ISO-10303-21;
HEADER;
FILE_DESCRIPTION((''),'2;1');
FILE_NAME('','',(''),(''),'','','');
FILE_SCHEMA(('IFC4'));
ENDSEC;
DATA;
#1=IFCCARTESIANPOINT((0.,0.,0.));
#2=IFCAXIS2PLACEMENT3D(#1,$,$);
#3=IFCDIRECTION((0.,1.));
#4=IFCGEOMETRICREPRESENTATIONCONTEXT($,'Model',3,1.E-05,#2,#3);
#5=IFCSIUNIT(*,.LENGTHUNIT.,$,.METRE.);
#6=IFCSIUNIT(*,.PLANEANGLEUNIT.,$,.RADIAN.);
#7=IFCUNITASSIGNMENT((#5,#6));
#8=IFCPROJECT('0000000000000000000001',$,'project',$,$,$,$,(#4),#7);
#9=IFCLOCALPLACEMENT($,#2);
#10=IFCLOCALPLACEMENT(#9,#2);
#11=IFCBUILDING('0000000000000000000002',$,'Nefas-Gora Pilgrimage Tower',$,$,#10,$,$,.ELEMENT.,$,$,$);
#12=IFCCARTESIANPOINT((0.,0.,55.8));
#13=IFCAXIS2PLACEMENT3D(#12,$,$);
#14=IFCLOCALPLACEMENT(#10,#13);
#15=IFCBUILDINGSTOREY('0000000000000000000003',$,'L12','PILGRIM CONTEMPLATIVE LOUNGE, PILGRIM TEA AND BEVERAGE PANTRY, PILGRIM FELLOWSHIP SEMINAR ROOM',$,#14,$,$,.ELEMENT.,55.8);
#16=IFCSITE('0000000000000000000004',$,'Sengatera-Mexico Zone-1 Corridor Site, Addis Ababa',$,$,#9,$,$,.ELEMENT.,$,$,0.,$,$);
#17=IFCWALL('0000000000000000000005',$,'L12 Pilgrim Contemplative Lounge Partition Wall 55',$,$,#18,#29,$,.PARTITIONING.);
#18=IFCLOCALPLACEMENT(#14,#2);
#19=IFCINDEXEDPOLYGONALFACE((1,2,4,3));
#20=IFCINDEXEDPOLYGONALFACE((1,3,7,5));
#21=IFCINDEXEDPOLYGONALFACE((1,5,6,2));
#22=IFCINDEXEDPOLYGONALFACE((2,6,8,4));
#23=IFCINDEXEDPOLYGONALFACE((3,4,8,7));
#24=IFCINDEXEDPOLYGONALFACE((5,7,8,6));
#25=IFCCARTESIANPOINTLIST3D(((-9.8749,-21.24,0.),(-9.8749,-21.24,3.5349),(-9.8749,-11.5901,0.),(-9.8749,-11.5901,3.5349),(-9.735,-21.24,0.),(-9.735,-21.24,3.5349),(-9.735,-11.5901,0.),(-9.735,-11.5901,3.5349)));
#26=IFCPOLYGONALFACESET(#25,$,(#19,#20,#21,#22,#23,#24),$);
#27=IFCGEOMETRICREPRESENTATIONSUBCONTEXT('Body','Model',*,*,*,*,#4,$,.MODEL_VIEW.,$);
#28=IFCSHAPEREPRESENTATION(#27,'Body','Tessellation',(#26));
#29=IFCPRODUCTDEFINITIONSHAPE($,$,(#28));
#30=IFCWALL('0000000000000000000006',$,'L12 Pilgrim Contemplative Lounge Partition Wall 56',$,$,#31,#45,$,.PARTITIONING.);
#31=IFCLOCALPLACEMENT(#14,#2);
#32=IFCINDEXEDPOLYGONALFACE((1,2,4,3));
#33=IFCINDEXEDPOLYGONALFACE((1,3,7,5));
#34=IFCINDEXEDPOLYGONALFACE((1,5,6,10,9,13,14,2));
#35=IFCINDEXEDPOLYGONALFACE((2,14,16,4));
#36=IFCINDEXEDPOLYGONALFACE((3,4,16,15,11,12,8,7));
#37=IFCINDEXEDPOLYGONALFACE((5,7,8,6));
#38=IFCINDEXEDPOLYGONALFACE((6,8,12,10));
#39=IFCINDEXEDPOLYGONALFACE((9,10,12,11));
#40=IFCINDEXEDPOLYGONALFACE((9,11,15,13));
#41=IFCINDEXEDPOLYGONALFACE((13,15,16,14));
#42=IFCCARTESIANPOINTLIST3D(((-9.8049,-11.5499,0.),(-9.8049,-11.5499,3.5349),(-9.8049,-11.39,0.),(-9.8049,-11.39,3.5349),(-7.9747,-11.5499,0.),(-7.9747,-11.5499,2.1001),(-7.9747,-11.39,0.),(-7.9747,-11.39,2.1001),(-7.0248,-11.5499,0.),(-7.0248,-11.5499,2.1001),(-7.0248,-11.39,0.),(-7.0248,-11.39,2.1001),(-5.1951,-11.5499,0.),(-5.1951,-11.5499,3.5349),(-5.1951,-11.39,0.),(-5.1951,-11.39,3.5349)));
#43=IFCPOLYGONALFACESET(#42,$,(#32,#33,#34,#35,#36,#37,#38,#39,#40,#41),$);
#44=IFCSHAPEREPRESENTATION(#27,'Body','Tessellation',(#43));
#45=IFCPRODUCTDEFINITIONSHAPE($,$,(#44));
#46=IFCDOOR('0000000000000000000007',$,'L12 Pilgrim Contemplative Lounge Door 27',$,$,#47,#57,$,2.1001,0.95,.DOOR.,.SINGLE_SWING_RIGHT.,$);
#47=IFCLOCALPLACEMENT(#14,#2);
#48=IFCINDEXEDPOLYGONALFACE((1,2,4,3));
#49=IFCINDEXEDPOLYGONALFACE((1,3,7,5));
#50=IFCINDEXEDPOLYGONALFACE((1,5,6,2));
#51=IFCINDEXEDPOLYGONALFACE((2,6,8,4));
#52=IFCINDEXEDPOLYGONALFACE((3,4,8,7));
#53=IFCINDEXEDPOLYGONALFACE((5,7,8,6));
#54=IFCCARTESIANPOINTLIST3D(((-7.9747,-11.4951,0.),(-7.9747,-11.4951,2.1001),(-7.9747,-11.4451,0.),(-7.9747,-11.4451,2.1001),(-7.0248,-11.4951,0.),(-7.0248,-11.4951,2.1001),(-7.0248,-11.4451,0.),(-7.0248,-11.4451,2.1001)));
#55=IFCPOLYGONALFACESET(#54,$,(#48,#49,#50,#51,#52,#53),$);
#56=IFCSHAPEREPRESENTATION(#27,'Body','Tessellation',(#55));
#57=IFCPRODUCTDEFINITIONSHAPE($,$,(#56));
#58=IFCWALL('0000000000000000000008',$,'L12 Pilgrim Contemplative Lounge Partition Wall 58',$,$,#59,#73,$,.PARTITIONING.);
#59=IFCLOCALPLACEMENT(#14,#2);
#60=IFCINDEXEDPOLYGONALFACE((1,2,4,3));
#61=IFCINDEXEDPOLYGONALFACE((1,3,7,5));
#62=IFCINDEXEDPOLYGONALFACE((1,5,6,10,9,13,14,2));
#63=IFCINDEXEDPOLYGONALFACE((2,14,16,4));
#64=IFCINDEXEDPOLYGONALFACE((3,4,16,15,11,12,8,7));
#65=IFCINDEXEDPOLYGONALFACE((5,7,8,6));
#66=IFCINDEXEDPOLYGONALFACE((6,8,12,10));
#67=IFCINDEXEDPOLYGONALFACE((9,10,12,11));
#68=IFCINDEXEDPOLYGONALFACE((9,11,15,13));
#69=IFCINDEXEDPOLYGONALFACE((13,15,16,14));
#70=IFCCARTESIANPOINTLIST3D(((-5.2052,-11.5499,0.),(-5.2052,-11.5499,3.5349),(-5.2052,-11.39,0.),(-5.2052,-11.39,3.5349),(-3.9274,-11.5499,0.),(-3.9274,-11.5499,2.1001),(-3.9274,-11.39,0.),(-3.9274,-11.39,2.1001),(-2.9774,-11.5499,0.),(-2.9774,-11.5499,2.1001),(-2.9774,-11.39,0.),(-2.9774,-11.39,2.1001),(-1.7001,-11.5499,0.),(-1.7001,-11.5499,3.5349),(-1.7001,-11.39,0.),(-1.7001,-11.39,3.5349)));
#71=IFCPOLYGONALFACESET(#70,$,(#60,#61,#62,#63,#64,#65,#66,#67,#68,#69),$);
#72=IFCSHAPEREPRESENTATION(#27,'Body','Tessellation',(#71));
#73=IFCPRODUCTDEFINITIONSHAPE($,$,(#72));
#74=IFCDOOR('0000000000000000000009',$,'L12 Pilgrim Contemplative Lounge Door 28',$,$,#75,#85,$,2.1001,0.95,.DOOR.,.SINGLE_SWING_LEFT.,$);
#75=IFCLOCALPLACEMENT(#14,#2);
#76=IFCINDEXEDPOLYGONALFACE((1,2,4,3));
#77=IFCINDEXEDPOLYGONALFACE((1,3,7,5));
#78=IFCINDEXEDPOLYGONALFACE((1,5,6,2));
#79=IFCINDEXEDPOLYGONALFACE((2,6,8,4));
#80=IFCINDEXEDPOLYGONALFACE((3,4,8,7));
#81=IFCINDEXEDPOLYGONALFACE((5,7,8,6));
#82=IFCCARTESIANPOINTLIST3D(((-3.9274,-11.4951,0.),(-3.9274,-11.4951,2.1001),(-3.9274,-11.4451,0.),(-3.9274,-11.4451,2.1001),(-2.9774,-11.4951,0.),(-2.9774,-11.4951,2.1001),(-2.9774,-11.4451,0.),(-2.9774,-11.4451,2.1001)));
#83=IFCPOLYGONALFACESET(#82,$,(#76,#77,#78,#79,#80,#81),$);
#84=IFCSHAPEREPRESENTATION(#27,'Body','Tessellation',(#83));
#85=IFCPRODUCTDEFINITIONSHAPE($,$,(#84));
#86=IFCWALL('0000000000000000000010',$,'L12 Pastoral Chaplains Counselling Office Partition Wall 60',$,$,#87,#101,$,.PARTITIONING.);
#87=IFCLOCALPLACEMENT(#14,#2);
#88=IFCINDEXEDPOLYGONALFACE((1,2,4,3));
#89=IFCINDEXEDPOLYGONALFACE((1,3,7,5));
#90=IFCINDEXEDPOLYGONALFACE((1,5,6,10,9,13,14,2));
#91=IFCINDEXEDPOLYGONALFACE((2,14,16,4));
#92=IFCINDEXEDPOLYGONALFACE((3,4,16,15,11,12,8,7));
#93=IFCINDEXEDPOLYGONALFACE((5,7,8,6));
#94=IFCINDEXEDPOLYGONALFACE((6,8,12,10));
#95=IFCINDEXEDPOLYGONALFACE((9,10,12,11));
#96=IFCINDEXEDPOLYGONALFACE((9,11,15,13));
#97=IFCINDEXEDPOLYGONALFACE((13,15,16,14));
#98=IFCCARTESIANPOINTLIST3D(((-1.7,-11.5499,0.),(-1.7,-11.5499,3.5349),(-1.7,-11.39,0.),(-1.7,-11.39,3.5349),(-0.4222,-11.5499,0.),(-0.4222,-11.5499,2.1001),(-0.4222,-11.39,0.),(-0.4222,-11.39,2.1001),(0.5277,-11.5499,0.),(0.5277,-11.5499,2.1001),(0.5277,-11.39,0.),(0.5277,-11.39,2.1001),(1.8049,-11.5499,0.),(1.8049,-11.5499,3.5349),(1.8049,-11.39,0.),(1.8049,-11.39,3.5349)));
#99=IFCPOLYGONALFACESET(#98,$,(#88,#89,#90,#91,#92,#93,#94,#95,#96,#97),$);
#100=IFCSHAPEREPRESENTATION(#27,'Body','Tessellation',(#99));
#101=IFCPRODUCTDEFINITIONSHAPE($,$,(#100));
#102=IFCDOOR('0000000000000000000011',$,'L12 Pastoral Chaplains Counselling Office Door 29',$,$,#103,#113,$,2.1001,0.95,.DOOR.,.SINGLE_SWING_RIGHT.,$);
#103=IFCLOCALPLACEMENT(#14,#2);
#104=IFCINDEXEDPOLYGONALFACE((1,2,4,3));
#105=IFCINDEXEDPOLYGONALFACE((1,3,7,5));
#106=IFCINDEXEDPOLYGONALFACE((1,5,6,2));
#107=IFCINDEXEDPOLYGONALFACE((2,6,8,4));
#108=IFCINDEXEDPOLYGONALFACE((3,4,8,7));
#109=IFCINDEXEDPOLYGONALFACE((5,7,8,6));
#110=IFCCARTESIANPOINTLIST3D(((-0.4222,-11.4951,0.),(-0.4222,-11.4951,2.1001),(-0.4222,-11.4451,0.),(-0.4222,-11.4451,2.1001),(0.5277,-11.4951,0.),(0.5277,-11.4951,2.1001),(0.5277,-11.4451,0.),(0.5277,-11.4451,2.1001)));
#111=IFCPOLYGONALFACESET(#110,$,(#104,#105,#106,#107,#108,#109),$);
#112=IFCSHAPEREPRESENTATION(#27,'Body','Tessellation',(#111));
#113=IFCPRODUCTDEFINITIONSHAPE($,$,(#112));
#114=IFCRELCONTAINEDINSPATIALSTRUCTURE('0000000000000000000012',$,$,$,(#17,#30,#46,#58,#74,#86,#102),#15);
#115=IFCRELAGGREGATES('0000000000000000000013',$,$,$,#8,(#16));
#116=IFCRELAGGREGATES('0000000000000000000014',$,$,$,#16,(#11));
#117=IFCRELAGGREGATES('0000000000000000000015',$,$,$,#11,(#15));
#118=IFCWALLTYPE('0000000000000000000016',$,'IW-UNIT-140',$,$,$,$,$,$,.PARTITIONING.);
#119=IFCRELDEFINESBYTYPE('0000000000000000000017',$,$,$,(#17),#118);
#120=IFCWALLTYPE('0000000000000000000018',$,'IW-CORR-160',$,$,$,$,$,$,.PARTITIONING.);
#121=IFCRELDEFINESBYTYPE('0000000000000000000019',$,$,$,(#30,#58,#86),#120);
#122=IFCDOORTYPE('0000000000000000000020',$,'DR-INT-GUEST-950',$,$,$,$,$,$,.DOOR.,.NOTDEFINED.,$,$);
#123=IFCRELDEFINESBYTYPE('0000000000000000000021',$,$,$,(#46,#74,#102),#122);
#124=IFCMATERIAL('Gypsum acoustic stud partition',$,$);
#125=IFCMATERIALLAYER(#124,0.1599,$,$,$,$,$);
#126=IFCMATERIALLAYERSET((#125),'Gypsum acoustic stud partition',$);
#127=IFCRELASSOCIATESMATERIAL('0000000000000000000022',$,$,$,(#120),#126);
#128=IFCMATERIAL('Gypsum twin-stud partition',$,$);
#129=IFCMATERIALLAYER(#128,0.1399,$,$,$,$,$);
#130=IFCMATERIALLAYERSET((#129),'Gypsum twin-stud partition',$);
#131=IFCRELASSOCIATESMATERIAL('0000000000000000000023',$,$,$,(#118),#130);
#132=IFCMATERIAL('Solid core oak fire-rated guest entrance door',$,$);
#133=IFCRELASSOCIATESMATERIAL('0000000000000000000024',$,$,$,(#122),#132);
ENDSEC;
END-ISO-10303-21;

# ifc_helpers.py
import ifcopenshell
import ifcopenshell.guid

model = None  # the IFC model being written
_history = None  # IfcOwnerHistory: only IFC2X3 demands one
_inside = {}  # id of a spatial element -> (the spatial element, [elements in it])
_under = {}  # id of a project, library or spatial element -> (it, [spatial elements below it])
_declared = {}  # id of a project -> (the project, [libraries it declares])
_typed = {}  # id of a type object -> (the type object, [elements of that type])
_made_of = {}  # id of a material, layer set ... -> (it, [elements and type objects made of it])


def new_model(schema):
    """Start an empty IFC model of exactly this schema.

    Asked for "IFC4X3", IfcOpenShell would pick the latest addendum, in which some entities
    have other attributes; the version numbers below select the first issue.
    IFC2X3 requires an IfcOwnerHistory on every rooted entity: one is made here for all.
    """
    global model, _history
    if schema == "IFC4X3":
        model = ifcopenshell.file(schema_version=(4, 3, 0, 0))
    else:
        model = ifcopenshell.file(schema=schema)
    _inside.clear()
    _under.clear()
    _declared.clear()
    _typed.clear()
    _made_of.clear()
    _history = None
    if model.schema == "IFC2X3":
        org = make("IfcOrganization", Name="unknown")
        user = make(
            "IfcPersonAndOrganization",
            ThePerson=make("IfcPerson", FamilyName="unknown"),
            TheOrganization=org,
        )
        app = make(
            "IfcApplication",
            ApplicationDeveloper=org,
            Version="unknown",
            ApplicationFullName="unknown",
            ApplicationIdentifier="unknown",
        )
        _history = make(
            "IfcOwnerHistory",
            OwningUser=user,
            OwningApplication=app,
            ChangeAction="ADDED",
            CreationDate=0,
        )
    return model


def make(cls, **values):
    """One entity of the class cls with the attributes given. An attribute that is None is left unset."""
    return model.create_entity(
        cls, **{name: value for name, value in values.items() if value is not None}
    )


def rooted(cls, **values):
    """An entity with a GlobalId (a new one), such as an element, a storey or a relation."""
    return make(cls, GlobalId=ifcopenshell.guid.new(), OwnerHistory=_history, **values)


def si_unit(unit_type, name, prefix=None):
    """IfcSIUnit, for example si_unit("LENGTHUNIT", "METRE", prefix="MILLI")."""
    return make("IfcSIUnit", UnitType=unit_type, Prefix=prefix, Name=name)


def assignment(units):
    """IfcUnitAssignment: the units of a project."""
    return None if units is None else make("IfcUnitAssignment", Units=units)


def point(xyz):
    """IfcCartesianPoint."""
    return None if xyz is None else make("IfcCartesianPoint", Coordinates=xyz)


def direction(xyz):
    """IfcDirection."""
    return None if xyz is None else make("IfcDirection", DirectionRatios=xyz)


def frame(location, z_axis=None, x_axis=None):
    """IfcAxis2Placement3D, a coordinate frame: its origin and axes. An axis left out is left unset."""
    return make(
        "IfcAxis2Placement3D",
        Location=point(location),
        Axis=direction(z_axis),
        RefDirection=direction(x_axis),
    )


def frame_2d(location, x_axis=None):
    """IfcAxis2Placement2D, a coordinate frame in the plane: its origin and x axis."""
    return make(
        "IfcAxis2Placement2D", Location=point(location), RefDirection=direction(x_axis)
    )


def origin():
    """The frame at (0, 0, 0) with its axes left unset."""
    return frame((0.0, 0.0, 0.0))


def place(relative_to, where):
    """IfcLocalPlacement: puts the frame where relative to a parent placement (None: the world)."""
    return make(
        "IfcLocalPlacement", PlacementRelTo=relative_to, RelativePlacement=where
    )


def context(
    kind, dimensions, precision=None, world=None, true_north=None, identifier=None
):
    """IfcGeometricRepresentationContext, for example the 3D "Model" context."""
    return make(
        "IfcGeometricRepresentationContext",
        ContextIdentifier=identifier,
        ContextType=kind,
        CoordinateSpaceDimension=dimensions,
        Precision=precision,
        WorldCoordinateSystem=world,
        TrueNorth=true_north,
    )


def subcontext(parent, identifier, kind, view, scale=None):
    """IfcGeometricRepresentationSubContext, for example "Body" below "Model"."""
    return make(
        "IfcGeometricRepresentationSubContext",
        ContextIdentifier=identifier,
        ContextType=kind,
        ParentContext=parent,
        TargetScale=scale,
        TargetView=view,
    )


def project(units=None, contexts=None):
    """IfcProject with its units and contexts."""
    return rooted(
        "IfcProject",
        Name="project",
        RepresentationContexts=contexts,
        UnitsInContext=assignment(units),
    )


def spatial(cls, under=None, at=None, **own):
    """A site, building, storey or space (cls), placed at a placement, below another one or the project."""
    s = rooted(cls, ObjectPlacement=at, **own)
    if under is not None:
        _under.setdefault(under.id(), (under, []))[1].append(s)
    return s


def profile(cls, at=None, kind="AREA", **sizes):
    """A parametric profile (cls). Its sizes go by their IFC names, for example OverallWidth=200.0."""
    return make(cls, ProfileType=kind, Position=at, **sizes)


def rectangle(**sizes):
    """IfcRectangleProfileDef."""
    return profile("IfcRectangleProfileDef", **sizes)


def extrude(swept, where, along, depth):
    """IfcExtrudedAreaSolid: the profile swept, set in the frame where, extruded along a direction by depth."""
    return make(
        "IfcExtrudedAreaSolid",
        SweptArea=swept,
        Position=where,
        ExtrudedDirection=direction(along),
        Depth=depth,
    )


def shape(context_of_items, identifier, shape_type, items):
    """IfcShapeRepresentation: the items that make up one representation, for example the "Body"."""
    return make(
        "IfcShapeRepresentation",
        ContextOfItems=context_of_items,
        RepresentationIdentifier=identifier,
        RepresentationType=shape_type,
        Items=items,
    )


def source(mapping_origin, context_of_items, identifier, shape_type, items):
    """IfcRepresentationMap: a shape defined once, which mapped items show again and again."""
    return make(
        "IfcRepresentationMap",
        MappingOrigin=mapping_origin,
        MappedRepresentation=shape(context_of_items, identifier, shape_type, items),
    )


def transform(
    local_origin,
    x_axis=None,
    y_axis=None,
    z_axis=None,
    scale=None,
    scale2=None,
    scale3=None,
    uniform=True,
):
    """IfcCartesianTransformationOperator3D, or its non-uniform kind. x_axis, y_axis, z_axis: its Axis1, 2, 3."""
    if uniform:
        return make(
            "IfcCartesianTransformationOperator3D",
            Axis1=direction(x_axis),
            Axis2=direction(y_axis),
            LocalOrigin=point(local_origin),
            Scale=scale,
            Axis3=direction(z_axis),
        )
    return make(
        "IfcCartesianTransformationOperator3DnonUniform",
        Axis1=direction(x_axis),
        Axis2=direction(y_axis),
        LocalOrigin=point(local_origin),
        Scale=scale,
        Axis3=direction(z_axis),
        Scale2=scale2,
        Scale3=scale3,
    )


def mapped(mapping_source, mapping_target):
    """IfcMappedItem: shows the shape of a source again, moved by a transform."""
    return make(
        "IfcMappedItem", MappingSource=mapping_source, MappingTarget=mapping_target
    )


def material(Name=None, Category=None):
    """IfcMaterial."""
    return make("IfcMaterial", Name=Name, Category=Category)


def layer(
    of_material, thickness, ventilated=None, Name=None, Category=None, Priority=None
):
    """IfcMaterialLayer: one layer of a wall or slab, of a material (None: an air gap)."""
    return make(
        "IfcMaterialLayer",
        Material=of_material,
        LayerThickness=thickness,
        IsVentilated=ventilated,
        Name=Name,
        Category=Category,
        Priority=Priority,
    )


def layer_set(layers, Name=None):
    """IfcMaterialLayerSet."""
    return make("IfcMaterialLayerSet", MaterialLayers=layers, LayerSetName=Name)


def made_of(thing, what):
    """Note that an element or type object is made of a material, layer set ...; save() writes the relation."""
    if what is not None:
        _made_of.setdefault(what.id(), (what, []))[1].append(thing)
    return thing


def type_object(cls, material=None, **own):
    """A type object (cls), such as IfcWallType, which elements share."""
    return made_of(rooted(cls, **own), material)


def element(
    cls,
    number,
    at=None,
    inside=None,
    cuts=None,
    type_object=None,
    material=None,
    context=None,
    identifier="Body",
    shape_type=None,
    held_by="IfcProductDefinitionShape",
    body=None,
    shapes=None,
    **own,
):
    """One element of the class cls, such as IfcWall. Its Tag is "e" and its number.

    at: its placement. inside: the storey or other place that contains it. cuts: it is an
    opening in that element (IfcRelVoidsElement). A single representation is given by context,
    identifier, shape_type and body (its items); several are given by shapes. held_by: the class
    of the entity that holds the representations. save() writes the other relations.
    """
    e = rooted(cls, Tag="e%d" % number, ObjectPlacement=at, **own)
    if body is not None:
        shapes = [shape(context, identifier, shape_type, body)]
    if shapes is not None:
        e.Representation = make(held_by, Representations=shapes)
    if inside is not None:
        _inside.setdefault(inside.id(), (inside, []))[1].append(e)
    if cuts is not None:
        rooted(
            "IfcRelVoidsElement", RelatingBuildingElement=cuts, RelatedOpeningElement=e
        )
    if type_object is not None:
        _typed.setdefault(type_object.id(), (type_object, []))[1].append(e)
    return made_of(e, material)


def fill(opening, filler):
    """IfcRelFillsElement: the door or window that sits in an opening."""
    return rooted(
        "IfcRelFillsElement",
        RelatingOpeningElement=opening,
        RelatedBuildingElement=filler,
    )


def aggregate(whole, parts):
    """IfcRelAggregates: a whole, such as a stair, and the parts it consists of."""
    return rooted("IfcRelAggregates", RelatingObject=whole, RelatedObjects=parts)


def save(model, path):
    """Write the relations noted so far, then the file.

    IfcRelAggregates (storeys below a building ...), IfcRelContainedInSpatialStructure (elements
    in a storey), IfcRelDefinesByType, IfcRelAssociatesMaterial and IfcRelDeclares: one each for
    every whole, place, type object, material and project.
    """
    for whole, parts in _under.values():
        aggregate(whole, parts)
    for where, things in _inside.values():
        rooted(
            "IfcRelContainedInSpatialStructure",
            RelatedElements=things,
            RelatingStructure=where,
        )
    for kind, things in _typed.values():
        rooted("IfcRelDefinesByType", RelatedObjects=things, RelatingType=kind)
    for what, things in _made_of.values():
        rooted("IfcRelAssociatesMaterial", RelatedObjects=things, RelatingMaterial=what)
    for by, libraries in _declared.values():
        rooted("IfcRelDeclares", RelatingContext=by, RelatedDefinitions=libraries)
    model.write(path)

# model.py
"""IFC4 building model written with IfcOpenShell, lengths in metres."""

from ifc_helpers import new_model, si_unit, direction, frame, frame_2d, origin, place, context, subcontext, project, spatial, rectangle, extrude, source, transform, mapped, material, layer, layer_set, type_object, element, fill, save


model = new_model("IFC4")

# Units and contexts
model_context = context("Model", 3, precision=1e-05, world=origin(), true_north=direction((0.0, 1.0)))
body_context = subcontext(model_context, "Body", "Model", "MODEL_VIEW")
ifc_project = project(units=[si_unit("LENGTHUNIT", "METRE"), si_unit("PLANEANGLEUNIT", "RADIAN")], contexts=[model_context])

# Site, building, storey
site_placement = place(None, origin())
site = spatial("IfcSite", under=ifc_project, at=site_placement, Name="Sengatera-Mexico Zone-1 Corridor Site, Addis Ababa", CompositionType="ELEMENT", RefElevation=0.0)
building_placement = place(site_placement, origin())
building = spatial("IfcBuilding", under=site, at=building_placement, Name="Nefas-Gora Pilgrimage Tower", CompositionType="ELEMENT")
storey_placement = place(building_placement, frame((0.0, 0.0, 55.8)))
storey = spatial("IfcBuildingStorey", under=building, at=storey_placement, Name="L12", Description="PILGRIM CONTEMPLATIVE LOUNGE, PILGRIM TEA AND BEVERAGE PANTRY, PILGRIM FELLOWSHIP SEMINAR ROOM", CompositionType="ELEMENT", Elevation=55.8)

# Shared definitions
ifc_material_1 = material(Name="Gypsum acoustic stud partition")
ifc_layer_1 = layer(ifc_material_1, 0.1599)
ifc_layer_set_1 = layer_set([ifc_layer_1], Name="Gypsum acoustic stud partition")
wall_type_1 = type_object("IfcWallType", Name="IW-CORR-160", PredefinedType="PARTITIONING", material=ifc_layer_set_1)

# Wall
ifc_material_2 = material(Name="Gypsum twin-stud partition")
ifc_layer_2 = layer(ifc_material_2, 0.1399)
ifc_layer_set_2 = layer_set([ifc_layer_2], Name="Gypsum twin-stud partition")
wall_type_2 = type_object("IfcWallType", Name="IW-UNIT-140", PredefinedType="PARTITIONING", material=ifc_layer_set_2)
shared_shape_1 = source(origin(), body_context, "Body", "SweptSolid", [
    extrude(rectangle(XDim=9.6499, YDim=0.1399, at=frame_2d((4.825, 0.0))), origin(), (0.0, 0.0, 1.0), 3.5349),
])
wall_1_placement = place(storey_placement, frame((-9.8049, -21.24, 0.0), z_axis=(0.0, 0.0, 1.0), x_axis=(0.0, 1.0, 0.0)))
element("IfcWall", 1, at=wall_1_placement, inside=storey, type_object=wall_type_2, Name="L12 Pilgrim Contemplative Lounge Partition Wall 55", PredefinedType="PARTITIONING", context=body_context, shape_type="MappedRepresentation", body=[
    mapped(shared_shape_1, transform((0.0, 0.0, 0.0), x_axis=(1.0, 0.0, 0.0), y_axis=(0.0, 1.0, 0.0), z_axis=(0.0, 0.0, 1.0), scale=1.0)),
])

# Walls, openings, doors
shared_shape_2 = source(origin(), body_context, "Body", "SweptSolid", [
    extrude(rectangle(XDim=4.6099, YDim=0.1599, at=frame_2d((2.3049, 0.0))), origin(), (0.0, 0.0, 1.0), 3.5349),
])
wall_2_placement = place(storey_placement, frame((-9.8049, -11.47, 0.0), z_axis=(0.0, 0.0, 1.0), x_axis=(1.0, 0.0, 0.0)))
wall_2 = element("IfcWall", 2, at=wall_2_placement, inside=storey, type_object=wall_type_1, Name="L12 Pilgrim Contemplative Lounge Partition Wall 56", PredefinedType="PARTITIONING", context=body_context, shape_type="MappedRepresentation", body=[
    mapped(shared_shape_2, transform((0.0, 0.0, 0.0), x_axis=(1.0, 0.0, 0.0), y_axis=(0.0, 1.0, 0.0), z_axis=(0.0, 0.0, 1.0), scale=1.0)),
])
opening_1_placement = place(wall_2_placement, frame((1.8301, 0.0, 0.0)))
opening_1 = element("IfcOpeningElement", 3, at=opening_1_placement, cuts=wall_2, PredefinedType="OPENING", context=body_context, shape_type="SweptSolid", body=[
    extrude(rectangle(XDim=0.95, YDim=2.1001, at=frame_2d((0.4751, 1.05))), frame((0.0, 0.0898, 0.0), z_axis=(0.0, -1.0, 0.0), x_axis=(1.0, 0.0, 0.0)), (0.0, 0.0, 1.0), 0.1799),
])
ifc_material_3 = material(Name="Solid core oak fire-rated guest entrance door")
door_type_1 = type_object("IfcDoorType", Name="DR-INT-GUEST-950", OperationType="NOTDEFINED", PredefinedType="DOOR", material=ifc_material_3)
shared_shape_3 = source(origin(), body_context, "Body", "SweptSolid", [
    extrude(rectangle(XDim=0.95, YDim=2.1001, at=frame_2d((0.4751, 1.05))), frame((0.0, 0.0249, 0.0), z_axis=(0.0, -1.0, 0.0), x_axis=(1.0, 0.0, 0.0)), (0.0, 0.0, 1.0), 0.05),
])
door_1_placement = place(opening_1_placement, origin())
door_1 = element("IfcDoor", 4, at=door_1_placement, inside=storey, type_object=door_type_1, Name="L12 Pilgrim Contemplative Lounge Door 27", OperationType="SINGLE_SWING_RIGHT", OverallHeight=2.1001, OverallWidth=0.95, PredefinedType="DOOR", context=body_context, shape_type="MappedRepresentation", body=[
    mapped(shared_shape_3, transform((0.0, 0.0, 0.0), x_axis=(1.0, 0.0, 0.0), y_axis=(0.0, 1.0, 0.0), z_axis=(0.0, 0.0, 1.0), scale=1.0)),
])
fill(opening_1, door_1)
shared_shape_4 = source(origin(), body_context, "Body", "SweptSolid", [
    extrude(rectangle(XDim=3.5051, YDim=0.1599, at=frame_2d((1.7524, 0.0))), origin(), (0.0, 0.0, 1.0), 3.5349),
])
wall_3_placement = place(storey_placement, frame((-5.2051, -11.47, 0.0), z_axis=(0.0, 0.0, 1.0), x_axis=(1.0, 0.0, 0.0)))
wall_3 = element("IfcWall", 5, at=wall_3_placement, inside=storey, type_object=wall_type_1, Name="L12 Pilgrim Contemplative Lounge Partition Wall 58", PredefinedType="PARTITIONING", context=body_context, shape_type="MappedRepresentation", body=[
    mapped(shared_shape_4, transform((0.0, 0.0, 0.0), x_axis=(1.0, 0.0, 0.0), y_axis=(0.0, 1.0, 0.0), z_axis=(0.0, 0.0, 1.0), scale=1.0)),
])
opening_2_placement = place(wall_3_placement, frame((1.2776, 0.0, 0.0)))
opening_2 = element("IfcOpeningElement", 6, at=opening_2_placement, cuts=wall_3, PredefinedType="OPENING", context=body_context, shape_type="SweptSolid", body=[
    extrude(rectangle(XDim=0.95, YDim=2.1001, at=frame_2d((0.4751, 1.05))), frame((0.0, 0.0898, 0.0), z_axis=(0.0, -1.0, 0.0), x_axis=(1.0, 0.0, 0.0)), (0.0, 0.0, 1.0), 0.1799),
])
door_2_placement = place(opening_2_placement, origin())
door_2 = element("IfcDoor", 7, at=door_2_placement, inside=storey, type_object=door_type_1, Name="L12 Pilgrim Contemplative Lounge Door 28", OperationType="SINGLE_SWING_LEFT", OverallHeight=2.1001, OverallWidth=0.95, PredefinedType="DOOR", context=body_context, shape_type="MappedRepresentation", body=[
    mapped(shared_shape_3, transform((0.0, 0.0, 0.0), x_axis=(1.0, 0.0, 0.0), y_axis=(0.0, 1.0, 0.0), z_axis=(0.0, 0.0, 1.0), scale=1.0)),
])
fill(opening_2, door_2)
shared_shape_5 = source(origin(), body_context, "Body", "SweptSolid", [
    extrude(rectangle(XDim=3.5049, YDim=0.1599, at=frame_2d((1.7524, 0.0))), origin(), (0.0, 0.0, 1.0), 3.5349),
])
wall_4_placement = place(storey_placement, frame((-1.7, -11.47, 0.0), z_axis=(0.0, 0.0, 1.0), x_axis=(1.0, 0.0, 0.0)))
wall_4 = element("IfcWall", 8, at=wall_4_placement, inside=storey, type_object=wall_type_1, Name="L12 Pastoral Chaplains Counselling Office Partition Wall 60", PredefinedType="PARTITIONING", context=body_context, shape_type="MappedRepresentation", body=[
    mapped(shared_shape_5, transform((0.0, 0.0, 0.0), x_axis=(1.0, 0.0, 0.0), y_axis=(0.0, 1.0, 0.0), z_axis=(0.0, 0.0, 1.0), scale=1.0)),
])
opening_3_placement = place(wall_4_placement, frame((1.2776, 0.0, 0.0)))
opening_3 = element("IfcOpeningElement", 9, at=opening_3_placement, cuts=wall_4, PredefinedType="OPENING", context=body_context, shape_type="SweptSolid", body=[
    extrude(rectangle(XDim=0.95, YDim=2.1001, at=frame_2d((0.4751, 1.05))), frame((0.0, 0.0898, 0.0), z_axis=(0.0, -1.0, 0.0), x_axis=(1.0, 0.0, 0.0)), (0.0, 0.0, 1.0), 0.1799),
])
door_3_placement = place(opening_3_placement, origin())
door_3 = element("IfcDoor", 10, at=door_3_placement, inside=storey, type_object=door_type_1, Name="L12 Pastoral Chaplains Counselling Office Door 29", OperationType="SINGLE_SWING_RIGHT", OverallHeight=2.1001, OverallWidth=0.95, PredefinedType="DOOR", context=body_context, shape_type="MappedRepresentation", body=[
    mapped(shared_shape_3, transform((0.0, 0.0, 0.0), x_axis=(1.0, 0.0, 0.0), y_axis=(0.0, 1.0, 0.0), z_axis=(0.0, 0.0, 1.0), scale=1.0)),
])
fill(opening_3, door_3)

save(model, "model.ifc")
